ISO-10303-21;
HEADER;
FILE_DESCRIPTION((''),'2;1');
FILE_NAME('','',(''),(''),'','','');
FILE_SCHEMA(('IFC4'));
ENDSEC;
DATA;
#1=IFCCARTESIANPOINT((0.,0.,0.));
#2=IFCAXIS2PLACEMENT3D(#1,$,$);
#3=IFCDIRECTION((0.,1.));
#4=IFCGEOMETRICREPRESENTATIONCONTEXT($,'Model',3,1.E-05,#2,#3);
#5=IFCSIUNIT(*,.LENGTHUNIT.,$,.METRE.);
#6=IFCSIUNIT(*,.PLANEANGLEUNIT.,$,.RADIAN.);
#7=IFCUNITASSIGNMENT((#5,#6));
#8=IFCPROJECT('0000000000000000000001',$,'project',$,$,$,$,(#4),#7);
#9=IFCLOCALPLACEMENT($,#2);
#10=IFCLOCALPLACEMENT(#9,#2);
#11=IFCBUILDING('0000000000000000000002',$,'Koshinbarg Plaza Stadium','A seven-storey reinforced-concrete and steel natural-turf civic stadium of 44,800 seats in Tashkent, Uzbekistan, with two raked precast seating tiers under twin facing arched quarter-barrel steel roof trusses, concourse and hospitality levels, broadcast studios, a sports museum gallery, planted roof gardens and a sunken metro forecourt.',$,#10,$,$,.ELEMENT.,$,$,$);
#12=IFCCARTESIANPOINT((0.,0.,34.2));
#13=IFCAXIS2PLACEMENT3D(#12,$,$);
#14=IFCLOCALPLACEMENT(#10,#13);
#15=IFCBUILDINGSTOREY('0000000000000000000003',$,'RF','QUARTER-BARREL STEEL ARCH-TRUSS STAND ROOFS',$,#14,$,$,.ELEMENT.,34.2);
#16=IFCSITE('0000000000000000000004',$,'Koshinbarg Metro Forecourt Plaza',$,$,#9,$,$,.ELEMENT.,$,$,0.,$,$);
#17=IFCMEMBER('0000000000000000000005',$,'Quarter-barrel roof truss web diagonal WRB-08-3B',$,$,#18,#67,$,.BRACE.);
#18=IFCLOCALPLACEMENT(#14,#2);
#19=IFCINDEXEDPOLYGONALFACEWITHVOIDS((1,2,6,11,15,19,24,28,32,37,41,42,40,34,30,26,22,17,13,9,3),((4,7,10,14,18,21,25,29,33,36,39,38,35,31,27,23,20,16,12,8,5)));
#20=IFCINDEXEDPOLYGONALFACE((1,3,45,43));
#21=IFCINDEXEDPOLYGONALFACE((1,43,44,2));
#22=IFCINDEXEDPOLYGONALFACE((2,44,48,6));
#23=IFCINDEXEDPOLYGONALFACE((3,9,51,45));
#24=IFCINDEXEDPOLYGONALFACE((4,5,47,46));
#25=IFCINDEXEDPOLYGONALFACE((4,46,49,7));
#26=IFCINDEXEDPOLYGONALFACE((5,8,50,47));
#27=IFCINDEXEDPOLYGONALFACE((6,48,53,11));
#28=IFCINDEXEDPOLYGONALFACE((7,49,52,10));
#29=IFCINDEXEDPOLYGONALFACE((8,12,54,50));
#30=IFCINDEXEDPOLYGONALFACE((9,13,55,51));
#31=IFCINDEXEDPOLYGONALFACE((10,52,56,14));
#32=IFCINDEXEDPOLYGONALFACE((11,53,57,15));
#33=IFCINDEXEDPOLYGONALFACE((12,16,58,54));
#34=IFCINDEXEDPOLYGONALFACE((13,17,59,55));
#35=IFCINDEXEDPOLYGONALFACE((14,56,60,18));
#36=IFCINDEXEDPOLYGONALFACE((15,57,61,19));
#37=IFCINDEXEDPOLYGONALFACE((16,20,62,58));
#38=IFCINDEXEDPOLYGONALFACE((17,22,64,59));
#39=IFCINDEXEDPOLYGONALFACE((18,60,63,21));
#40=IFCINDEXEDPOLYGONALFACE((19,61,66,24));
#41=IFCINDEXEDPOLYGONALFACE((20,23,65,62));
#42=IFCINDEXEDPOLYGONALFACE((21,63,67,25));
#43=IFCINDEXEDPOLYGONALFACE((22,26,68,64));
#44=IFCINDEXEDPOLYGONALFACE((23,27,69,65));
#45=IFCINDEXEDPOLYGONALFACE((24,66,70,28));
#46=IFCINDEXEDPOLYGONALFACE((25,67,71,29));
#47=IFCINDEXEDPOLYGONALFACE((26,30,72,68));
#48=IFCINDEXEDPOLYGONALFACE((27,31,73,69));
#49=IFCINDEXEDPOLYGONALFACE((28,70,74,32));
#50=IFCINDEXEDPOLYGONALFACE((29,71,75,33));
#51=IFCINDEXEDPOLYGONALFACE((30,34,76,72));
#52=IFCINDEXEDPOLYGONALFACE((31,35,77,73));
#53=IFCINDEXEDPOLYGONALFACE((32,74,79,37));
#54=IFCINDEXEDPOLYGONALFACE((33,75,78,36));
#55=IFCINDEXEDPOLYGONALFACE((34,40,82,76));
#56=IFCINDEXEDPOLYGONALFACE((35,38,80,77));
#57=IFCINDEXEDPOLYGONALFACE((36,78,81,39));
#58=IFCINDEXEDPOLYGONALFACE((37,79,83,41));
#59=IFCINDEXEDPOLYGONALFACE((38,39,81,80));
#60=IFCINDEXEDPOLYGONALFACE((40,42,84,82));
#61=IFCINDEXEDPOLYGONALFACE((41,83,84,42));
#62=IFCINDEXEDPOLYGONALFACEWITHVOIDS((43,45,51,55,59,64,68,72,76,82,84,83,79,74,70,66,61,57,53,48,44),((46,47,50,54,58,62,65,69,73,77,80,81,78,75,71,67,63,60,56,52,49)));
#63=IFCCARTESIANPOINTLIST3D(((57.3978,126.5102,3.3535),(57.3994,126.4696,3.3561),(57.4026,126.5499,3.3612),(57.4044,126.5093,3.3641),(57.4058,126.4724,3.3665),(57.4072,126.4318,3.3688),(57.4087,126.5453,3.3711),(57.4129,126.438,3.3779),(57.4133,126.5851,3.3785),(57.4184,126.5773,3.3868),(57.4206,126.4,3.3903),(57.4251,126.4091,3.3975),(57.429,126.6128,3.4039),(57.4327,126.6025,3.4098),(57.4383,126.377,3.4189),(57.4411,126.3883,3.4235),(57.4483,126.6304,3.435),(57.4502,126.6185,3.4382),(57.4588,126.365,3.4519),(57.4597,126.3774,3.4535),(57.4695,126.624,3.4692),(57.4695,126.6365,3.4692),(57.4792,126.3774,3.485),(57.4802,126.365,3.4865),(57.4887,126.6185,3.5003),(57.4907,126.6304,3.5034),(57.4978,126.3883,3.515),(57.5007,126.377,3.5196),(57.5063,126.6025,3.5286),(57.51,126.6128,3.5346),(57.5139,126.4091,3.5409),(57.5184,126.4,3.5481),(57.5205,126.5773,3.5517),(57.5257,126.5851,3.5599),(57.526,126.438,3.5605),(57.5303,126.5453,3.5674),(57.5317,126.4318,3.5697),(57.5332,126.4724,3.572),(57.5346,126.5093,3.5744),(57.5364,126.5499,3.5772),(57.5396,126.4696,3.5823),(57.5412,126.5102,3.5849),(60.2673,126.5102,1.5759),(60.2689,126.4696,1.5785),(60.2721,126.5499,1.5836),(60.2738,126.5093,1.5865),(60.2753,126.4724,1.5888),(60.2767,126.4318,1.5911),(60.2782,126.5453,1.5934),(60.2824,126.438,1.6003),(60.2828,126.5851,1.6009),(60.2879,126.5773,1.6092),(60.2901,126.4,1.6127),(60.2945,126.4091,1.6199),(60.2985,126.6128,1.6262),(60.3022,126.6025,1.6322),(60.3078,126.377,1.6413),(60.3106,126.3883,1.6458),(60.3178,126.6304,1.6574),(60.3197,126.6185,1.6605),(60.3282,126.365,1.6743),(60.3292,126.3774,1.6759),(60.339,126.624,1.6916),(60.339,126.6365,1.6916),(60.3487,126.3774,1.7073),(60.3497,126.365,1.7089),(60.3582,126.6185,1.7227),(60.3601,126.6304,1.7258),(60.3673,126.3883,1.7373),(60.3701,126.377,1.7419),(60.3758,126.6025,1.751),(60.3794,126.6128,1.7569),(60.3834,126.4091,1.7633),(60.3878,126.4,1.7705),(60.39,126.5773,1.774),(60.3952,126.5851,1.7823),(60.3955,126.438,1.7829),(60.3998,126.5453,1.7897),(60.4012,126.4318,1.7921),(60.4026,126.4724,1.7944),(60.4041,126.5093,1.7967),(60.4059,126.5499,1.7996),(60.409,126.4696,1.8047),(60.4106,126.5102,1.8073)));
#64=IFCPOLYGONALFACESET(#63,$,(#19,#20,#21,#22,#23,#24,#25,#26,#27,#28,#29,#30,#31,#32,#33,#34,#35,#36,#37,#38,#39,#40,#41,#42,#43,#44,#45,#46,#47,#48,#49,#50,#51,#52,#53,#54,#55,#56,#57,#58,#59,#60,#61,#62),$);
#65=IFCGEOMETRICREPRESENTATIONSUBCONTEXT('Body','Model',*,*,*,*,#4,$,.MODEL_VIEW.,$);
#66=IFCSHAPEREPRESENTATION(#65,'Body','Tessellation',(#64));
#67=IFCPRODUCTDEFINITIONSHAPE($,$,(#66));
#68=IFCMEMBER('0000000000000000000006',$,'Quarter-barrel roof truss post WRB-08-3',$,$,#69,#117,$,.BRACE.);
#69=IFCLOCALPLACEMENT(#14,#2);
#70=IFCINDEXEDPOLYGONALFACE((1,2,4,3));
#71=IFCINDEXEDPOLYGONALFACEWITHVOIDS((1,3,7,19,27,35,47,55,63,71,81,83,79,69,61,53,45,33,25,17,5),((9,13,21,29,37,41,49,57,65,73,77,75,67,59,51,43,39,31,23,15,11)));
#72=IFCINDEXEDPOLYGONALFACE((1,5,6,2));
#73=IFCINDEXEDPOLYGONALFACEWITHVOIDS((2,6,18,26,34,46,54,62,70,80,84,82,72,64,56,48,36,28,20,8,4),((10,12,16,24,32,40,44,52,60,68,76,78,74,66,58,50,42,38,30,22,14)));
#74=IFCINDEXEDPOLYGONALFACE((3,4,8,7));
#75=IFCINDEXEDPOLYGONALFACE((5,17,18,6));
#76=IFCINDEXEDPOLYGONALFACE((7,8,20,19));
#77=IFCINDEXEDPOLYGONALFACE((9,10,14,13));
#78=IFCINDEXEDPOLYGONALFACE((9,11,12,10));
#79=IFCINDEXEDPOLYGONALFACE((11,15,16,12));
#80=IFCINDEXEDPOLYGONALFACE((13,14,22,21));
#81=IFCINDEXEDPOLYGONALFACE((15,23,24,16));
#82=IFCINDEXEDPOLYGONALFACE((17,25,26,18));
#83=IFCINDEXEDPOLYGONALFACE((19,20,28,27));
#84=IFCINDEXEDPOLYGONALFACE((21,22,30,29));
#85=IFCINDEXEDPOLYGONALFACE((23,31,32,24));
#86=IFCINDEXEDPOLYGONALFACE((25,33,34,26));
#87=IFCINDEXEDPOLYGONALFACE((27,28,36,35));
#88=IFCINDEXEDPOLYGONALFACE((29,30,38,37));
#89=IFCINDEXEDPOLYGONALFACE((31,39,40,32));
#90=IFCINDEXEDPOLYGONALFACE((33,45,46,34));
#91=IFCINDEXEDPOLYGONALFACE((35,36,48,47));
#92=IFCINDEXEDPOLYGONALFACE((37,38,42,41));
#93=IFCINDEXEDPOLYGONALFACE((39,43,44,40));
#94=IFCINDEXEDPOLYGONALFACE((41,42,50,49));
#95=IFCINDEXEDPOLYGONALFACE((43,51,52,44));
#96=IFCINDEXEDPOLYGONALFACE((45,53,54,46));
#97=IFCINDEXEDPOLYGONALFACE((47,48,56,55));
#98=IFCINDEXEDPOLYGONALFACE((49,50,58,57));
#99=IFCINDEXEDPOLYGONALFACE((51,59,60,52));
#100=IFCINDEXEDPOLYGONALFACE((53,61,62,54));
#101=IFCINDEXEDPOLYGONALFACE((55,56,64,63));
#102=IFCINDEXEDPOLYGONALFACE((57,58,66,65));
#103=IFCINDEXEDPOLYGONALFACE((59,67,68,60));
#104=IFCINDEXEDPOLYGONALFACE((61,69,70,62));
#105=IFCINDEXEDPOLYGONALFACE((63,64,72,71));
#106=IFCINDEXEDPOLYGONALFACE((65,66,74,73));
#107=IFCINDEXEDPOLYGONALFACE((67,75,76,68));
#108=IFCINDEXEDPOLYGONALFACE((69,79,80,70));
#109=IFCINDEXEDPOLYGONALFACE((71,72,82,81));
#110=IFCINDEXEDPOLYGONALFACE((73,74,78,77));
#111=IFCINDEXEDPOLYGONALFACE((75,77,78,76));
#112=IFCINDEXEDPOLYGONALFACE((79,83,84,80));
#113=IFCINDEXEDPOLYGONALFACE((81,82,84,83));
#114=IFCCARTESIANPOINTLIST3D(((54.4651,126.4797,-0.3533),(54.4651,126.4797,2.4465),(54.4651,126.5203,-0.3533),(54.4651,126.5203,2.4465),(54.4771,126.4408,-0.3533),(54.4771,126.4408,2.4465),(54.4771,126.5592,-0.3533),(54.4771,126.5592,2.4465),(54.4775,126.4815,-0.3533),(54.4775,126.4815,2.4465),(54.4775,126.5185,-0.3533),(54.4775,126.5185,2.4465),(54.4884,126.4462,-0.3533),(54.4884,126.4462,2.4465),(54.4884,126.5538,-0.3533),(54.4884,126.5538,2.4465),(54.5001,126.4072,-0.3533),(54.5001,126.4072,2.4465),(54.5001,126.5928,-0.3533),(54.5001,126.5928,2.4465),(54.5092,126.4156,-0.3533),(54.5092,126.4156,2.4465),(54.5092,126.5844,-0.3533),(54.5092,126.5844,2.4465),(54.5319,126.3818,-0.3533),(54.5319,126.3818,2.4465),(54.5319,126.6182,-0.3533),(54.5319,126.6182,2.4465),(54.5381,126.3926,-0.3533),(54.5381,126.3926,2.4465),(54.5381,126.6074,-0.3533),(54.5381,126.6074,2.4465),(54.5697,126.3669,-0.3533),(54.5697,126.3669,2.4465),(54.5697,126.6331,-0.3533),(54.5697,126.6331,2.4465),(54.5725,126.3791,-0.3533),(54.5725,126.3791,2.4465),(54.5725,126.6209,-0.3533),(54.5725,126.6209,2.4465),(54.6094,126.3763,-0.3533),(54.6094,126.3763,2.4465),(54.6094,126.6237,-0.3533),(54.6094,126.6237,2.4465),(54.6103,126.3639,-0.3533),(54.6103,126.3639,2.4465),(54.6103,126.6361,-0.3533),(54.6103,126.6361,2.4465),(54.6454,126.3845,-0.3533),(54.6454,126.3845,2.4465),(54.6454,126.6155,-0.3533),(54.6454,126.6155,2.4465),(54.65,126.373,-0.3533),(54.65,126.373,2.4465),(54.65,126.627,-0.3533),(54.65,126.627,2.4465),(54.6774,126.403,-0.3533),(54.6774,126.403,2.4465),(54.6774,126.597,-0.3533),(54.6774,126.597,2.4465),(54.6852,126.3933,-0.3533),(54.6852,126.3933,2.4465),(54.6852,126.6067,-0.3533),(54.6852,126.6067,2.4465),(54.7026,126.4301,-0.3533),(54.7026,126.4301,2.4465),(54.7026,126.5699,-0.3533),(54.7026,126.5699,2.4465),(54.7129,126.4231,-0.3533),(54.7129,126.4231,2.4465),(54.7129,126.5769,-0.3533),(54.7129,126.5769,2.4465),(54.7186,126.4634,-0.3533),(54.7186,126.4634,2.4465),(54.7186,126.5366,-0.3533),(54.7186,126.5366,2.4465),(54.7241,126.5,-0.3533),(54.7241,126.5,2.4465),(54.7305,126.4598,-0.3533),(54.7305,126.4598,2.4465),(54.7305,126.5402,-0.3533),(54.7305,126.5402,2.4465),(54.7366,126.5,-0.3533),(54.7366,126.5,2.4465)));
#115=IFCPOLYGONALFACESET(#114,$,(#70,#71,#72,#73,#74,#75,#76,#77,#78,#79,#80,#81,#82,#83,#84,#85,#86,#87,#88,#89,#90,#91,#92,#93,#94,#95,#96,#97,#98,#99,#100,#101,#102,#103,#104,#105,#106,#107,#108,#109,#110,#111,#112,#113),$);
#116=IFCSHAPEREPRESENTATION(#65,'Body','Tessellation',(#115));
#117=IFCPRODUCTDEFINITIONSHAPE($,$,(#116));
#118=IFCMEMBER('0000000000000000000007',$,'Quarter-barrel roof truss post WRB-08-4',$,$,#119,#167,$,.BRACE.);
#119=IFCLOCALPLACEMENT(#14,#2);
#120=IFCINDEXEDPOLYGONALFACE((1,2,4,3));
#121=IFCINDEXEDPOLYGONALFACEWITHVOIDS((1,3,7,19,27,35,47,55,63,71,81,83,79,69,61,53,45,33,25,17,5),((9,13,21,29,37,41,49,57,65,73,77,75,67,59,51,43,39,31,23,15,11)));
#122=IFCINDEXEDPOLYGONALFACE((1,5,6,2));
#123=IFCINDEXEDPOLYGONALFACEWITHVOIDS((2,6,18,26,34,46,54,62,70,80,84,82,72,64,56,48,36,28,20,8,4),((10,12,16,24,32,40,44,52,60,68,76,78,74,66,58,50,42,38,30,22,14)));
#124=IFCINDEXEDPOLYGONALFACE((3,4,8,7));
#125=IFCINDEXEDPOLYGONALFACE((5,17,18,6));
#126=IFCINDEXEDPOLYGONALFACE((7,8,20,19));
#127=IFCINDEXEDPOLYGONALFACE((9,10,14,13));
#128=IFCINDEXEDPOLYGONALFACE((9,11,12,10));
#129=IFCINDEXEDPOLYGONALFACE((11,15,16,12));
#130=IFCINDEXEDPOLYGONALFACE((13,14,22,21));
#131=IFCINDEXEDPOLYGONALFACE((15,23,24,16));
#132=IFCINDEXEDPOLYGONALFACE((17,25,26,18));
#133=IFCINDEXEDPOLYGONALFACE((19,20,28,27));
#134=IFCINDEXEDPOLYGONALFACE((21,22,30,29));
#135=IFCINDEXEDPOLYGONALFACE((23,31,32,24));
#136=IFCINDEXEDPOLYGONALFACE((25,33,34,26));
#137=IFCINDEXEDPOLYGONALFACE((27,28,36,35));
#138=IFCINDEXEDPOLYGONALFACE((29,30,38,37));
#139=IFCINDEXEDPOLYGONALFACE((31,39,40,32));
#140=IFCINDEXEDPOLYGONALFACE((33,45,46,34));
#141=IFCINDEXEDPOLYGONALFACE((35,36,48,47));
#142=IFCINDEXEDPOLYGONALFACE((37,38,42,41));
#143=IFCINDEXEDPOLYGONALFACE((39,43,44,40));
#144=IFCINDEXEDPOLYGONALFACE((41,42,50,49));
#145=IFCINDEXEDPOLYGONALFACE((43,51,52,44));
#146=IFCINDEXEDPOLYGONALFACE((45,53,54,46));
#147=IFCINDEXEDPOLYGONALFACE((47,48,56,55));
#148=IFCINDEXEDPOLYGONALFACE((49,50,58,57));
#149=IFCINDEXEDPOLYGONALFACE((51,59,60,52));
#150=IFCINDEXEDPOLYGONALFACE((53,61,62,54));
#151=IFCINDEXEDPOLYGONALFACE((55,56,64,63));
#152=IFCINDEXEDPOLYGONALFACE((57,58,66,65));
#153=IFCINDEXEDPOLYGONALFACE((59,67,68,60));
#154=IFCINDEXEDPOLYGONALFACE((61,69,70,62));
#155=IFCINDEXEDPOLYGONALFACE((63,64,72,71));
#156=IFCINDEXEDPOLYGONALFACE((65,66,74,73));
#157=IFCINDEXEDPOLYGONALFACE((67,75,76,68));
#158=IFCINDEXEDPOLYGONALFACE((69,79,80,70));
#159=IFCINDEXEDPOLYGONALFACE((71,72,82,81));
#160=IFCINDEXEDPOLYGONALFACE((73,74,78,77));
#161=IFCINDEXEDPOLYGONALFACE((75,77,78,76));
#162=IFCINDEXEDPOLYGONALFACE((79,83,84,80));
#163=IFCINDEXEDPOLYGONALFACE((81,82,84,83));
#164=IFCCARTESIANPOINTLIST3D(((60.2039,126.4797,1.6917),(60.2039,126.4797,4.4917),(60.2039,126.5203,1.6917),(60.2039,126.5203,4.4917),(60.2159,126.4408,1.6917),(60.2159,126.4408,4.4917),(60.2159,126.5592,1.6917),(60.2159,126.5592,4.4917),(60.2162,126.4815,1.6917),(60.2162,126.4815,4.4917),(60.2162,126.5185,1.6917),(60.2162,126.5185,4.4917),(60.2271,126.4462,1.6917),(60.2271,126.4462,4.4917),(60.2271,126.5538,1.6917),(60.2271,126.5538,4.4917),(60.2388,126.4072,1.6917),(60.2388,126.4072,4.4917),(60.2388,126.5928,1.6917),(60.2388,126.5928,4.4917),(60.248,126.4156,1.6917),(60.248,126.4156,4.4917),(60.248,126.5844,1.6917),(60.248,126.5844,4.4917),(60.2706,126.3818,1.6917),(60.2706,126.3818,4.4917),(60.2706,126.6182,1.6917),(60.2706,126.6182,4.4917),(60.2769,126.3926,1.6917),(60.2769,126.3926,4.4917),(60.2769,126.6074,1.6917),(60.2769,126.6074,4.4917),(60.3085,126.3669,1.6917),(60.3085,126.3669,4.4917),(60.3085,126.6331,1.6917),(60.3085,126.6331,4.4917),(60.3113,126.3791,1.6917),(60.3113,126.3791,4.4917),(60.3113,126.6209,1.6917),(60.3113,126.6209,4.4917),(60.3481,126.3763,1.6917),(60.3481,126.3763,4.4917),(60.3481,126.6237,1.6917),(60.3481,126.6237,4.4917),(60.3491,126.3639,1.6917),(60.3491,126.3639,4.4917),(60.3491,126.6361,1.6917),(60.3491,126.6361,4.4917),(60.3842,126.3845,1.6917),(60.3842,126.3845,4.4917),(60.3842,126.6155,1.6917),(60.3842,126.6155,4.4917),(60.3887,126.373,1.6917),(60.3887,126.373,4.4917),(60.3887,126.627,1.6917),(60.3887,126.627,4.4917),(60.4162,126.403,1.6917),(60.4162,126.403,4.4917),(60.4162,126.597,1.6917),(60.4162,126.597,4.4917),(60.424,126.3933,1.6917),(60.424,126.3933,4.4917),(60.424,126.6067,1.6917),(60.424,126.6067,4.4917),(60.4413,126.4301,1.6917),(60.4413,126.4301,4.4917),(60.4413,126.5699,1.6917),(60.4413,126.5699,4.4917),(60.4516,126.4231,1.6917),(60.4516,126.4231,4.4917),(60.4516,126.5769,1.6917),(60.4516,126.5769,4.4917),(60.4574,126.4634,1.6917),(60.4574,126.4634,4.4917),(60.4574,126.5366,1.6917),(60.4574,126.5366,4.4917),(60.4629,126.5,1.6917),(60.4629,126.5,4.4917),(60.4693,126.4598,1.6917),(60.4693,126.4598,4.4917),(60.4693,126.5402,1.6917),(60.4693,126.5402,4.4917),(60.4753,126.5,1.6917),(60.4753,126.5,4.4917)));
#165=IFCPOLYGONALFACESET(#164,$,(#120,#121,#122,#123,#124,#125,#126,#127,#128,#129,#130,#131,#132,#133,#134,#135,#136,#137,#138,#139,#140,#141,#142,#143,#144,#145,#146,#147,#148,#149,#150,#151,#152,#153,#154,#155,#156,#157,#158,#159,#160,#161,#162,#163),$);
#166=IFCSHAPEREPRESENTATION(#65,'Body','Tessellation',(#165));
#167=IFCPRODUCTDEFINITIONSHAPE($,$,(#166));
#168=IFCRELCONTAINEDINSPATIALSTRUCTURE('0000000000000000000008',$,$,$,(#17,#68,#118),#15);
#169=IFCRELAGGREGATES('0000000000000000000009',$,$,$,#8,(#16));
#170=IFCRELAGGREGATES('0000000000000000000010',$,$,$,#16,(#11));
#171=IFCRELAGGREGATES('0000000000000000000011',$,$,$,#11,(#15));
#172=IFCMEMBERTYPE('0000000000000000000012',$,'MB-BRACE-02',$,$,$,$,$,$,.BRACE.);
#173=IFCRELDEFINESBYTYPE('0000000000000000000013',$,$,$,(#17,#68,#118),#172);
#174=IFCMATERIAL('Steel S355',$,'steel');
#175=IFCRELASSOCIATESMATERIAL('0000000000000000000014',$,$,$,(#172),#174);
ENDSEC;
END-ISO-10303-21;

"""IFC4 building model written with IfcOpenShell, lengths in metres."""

from ifc_helpers import new_model, si_unit, direction, frame, origin, origin_2d, place, context, subcontext, project, spatial, hollow_circle, extrude, material, material_profile, profile_set, type_object, element, save


model = new_model("IFC4")

# Units and contexts
model_context = context("Model", 3, precision=1e-05, world=origin(), true_north=direction((0.0, 1.0)))
body_context = subcontext(model_context, "Body", "Model", "MODEL_VIEW")
ifc_project = project(units=[si_unit("LENGTHUNIT", "METRE"), si_unit("PLANEANGLEUNIT", "RADIAN")], contexts=[model_context])

# Site, building, storey
site_placement = place(None, origin())
site = spatial("IfcSite", under=ifc_project, at=site_placement, Name="Koshinbarg Metro Forecourt Plaza", CompositionType="ELEMENT", RefElevation=0.0)
building_placement = place(site_placement, origin())
building = spatial("IfcBuilding", under=site, at=building_placement, Name="Koshinbarg Plaza Stadium", Description="A seven-storey reinforced-concrete and steel natural-turf civic stadium of 44,800 seats in Tashkent, Uzbekistan, with two raked precast seating tiers under twin facing arched quarter-barrel steel roof trusses, concourse and hospitality levels, broadcast studios, a sports museum gallery, planted roof gardens and a sunken metro forecourt.", CompositionType="ELEMENT")
storey_placement = place(building_placement, frame((0.0, 0.0, 34.2)))
storey = spatial("IfcBuildingStorey", under=building, at=storey_placement, Name="RF", Description="QUARTER-BARREL STEEL ARCH-TRUSS STAND ROOFS", CompositionType="ELEMENT", Elevation=34.2)

# Members
ifc_material_1 = material(Name="Steel S355", Category="steel")
ifc_material_profile_1 = material_profile(ifc_material_1, hollow_circle(Radius=0.1365, WallThickness=0.0125, at=origin_2d()), Name="CHS 273x12.5")
ifc_profile_set_1 = profile_set([ifc_material_profile_1], Name="Steel S355")
member_type_1 = type_object("IfcMemberType", Name="MB-BRACE-02", PredefinedType="BRACE", material=ifc_profile_set_1)
member_1_placement = place(storey_placement, frame((57.4695, 126.5, 3.4692), z_axis=(0.850092, 0.0, -0.526633), x_axis=(0.0, 1.0, 0.0)))
element("IfcMember", 1, at=member_1_placement, inside=storey, type_object=member_type_1, Name="Quarter-barrel roof truss web diagonal WRB-08-3B", PredefinedType="BRACE", context=body_context, shape_type="SweptSolid", body=[
    extrude(hollow_circle(Radius=0.1365, WallThickness=0.0125, at=origin_2d()), origin(), (0.0, 0.0, 1.0), 3.3755),
])
member_2_placement = place(storey_placement, frame((54.6001, 126.5, -0.3533), z_axis=(0.0, 0.0, 1.0), x_axis=(1.0, 0.0, 0.0)))
element("IfcMember", 2, at=member_2_placement, inside=storey, type_object=member_type_1, Name="Quarter-barrel roof truss post WRB-08-3", PredefinedType="BRACE", context=body_context, shape_type="SweptSolid", body=[
    extrude(hollow_circle(Radius=0.1365, WallThickness=0.0125, at=origin_2d()), origin(), (0.0, 0.0, 1.0), 2.7998),
])
for number, where, z_axis, x_axis, name in (
    (3, (60.3389, 126.5, 1.6917), (0.0, 0.0, 1.0), (1.0, 0.0, 0.0), "Quarter-barrel roof truss post WRB-08-4"),
):
    element("IfcMember", number, at=place(storey_placement, frame(where, z_axis=z_axis, x_axis=x_axis)), inside=storey, type_object=member_type_1, Name=name, PredefinedType="BRACE", context=body_context, shape_type="SweptSolid", body=[
        extrude(hollow_circle(Radius=0.1365, WallThickness=0.0125, at=origin_2d()), origin(), (0.0, 0.0, 1.0), 2.8),
    ])

save(model, "model.ifc")
